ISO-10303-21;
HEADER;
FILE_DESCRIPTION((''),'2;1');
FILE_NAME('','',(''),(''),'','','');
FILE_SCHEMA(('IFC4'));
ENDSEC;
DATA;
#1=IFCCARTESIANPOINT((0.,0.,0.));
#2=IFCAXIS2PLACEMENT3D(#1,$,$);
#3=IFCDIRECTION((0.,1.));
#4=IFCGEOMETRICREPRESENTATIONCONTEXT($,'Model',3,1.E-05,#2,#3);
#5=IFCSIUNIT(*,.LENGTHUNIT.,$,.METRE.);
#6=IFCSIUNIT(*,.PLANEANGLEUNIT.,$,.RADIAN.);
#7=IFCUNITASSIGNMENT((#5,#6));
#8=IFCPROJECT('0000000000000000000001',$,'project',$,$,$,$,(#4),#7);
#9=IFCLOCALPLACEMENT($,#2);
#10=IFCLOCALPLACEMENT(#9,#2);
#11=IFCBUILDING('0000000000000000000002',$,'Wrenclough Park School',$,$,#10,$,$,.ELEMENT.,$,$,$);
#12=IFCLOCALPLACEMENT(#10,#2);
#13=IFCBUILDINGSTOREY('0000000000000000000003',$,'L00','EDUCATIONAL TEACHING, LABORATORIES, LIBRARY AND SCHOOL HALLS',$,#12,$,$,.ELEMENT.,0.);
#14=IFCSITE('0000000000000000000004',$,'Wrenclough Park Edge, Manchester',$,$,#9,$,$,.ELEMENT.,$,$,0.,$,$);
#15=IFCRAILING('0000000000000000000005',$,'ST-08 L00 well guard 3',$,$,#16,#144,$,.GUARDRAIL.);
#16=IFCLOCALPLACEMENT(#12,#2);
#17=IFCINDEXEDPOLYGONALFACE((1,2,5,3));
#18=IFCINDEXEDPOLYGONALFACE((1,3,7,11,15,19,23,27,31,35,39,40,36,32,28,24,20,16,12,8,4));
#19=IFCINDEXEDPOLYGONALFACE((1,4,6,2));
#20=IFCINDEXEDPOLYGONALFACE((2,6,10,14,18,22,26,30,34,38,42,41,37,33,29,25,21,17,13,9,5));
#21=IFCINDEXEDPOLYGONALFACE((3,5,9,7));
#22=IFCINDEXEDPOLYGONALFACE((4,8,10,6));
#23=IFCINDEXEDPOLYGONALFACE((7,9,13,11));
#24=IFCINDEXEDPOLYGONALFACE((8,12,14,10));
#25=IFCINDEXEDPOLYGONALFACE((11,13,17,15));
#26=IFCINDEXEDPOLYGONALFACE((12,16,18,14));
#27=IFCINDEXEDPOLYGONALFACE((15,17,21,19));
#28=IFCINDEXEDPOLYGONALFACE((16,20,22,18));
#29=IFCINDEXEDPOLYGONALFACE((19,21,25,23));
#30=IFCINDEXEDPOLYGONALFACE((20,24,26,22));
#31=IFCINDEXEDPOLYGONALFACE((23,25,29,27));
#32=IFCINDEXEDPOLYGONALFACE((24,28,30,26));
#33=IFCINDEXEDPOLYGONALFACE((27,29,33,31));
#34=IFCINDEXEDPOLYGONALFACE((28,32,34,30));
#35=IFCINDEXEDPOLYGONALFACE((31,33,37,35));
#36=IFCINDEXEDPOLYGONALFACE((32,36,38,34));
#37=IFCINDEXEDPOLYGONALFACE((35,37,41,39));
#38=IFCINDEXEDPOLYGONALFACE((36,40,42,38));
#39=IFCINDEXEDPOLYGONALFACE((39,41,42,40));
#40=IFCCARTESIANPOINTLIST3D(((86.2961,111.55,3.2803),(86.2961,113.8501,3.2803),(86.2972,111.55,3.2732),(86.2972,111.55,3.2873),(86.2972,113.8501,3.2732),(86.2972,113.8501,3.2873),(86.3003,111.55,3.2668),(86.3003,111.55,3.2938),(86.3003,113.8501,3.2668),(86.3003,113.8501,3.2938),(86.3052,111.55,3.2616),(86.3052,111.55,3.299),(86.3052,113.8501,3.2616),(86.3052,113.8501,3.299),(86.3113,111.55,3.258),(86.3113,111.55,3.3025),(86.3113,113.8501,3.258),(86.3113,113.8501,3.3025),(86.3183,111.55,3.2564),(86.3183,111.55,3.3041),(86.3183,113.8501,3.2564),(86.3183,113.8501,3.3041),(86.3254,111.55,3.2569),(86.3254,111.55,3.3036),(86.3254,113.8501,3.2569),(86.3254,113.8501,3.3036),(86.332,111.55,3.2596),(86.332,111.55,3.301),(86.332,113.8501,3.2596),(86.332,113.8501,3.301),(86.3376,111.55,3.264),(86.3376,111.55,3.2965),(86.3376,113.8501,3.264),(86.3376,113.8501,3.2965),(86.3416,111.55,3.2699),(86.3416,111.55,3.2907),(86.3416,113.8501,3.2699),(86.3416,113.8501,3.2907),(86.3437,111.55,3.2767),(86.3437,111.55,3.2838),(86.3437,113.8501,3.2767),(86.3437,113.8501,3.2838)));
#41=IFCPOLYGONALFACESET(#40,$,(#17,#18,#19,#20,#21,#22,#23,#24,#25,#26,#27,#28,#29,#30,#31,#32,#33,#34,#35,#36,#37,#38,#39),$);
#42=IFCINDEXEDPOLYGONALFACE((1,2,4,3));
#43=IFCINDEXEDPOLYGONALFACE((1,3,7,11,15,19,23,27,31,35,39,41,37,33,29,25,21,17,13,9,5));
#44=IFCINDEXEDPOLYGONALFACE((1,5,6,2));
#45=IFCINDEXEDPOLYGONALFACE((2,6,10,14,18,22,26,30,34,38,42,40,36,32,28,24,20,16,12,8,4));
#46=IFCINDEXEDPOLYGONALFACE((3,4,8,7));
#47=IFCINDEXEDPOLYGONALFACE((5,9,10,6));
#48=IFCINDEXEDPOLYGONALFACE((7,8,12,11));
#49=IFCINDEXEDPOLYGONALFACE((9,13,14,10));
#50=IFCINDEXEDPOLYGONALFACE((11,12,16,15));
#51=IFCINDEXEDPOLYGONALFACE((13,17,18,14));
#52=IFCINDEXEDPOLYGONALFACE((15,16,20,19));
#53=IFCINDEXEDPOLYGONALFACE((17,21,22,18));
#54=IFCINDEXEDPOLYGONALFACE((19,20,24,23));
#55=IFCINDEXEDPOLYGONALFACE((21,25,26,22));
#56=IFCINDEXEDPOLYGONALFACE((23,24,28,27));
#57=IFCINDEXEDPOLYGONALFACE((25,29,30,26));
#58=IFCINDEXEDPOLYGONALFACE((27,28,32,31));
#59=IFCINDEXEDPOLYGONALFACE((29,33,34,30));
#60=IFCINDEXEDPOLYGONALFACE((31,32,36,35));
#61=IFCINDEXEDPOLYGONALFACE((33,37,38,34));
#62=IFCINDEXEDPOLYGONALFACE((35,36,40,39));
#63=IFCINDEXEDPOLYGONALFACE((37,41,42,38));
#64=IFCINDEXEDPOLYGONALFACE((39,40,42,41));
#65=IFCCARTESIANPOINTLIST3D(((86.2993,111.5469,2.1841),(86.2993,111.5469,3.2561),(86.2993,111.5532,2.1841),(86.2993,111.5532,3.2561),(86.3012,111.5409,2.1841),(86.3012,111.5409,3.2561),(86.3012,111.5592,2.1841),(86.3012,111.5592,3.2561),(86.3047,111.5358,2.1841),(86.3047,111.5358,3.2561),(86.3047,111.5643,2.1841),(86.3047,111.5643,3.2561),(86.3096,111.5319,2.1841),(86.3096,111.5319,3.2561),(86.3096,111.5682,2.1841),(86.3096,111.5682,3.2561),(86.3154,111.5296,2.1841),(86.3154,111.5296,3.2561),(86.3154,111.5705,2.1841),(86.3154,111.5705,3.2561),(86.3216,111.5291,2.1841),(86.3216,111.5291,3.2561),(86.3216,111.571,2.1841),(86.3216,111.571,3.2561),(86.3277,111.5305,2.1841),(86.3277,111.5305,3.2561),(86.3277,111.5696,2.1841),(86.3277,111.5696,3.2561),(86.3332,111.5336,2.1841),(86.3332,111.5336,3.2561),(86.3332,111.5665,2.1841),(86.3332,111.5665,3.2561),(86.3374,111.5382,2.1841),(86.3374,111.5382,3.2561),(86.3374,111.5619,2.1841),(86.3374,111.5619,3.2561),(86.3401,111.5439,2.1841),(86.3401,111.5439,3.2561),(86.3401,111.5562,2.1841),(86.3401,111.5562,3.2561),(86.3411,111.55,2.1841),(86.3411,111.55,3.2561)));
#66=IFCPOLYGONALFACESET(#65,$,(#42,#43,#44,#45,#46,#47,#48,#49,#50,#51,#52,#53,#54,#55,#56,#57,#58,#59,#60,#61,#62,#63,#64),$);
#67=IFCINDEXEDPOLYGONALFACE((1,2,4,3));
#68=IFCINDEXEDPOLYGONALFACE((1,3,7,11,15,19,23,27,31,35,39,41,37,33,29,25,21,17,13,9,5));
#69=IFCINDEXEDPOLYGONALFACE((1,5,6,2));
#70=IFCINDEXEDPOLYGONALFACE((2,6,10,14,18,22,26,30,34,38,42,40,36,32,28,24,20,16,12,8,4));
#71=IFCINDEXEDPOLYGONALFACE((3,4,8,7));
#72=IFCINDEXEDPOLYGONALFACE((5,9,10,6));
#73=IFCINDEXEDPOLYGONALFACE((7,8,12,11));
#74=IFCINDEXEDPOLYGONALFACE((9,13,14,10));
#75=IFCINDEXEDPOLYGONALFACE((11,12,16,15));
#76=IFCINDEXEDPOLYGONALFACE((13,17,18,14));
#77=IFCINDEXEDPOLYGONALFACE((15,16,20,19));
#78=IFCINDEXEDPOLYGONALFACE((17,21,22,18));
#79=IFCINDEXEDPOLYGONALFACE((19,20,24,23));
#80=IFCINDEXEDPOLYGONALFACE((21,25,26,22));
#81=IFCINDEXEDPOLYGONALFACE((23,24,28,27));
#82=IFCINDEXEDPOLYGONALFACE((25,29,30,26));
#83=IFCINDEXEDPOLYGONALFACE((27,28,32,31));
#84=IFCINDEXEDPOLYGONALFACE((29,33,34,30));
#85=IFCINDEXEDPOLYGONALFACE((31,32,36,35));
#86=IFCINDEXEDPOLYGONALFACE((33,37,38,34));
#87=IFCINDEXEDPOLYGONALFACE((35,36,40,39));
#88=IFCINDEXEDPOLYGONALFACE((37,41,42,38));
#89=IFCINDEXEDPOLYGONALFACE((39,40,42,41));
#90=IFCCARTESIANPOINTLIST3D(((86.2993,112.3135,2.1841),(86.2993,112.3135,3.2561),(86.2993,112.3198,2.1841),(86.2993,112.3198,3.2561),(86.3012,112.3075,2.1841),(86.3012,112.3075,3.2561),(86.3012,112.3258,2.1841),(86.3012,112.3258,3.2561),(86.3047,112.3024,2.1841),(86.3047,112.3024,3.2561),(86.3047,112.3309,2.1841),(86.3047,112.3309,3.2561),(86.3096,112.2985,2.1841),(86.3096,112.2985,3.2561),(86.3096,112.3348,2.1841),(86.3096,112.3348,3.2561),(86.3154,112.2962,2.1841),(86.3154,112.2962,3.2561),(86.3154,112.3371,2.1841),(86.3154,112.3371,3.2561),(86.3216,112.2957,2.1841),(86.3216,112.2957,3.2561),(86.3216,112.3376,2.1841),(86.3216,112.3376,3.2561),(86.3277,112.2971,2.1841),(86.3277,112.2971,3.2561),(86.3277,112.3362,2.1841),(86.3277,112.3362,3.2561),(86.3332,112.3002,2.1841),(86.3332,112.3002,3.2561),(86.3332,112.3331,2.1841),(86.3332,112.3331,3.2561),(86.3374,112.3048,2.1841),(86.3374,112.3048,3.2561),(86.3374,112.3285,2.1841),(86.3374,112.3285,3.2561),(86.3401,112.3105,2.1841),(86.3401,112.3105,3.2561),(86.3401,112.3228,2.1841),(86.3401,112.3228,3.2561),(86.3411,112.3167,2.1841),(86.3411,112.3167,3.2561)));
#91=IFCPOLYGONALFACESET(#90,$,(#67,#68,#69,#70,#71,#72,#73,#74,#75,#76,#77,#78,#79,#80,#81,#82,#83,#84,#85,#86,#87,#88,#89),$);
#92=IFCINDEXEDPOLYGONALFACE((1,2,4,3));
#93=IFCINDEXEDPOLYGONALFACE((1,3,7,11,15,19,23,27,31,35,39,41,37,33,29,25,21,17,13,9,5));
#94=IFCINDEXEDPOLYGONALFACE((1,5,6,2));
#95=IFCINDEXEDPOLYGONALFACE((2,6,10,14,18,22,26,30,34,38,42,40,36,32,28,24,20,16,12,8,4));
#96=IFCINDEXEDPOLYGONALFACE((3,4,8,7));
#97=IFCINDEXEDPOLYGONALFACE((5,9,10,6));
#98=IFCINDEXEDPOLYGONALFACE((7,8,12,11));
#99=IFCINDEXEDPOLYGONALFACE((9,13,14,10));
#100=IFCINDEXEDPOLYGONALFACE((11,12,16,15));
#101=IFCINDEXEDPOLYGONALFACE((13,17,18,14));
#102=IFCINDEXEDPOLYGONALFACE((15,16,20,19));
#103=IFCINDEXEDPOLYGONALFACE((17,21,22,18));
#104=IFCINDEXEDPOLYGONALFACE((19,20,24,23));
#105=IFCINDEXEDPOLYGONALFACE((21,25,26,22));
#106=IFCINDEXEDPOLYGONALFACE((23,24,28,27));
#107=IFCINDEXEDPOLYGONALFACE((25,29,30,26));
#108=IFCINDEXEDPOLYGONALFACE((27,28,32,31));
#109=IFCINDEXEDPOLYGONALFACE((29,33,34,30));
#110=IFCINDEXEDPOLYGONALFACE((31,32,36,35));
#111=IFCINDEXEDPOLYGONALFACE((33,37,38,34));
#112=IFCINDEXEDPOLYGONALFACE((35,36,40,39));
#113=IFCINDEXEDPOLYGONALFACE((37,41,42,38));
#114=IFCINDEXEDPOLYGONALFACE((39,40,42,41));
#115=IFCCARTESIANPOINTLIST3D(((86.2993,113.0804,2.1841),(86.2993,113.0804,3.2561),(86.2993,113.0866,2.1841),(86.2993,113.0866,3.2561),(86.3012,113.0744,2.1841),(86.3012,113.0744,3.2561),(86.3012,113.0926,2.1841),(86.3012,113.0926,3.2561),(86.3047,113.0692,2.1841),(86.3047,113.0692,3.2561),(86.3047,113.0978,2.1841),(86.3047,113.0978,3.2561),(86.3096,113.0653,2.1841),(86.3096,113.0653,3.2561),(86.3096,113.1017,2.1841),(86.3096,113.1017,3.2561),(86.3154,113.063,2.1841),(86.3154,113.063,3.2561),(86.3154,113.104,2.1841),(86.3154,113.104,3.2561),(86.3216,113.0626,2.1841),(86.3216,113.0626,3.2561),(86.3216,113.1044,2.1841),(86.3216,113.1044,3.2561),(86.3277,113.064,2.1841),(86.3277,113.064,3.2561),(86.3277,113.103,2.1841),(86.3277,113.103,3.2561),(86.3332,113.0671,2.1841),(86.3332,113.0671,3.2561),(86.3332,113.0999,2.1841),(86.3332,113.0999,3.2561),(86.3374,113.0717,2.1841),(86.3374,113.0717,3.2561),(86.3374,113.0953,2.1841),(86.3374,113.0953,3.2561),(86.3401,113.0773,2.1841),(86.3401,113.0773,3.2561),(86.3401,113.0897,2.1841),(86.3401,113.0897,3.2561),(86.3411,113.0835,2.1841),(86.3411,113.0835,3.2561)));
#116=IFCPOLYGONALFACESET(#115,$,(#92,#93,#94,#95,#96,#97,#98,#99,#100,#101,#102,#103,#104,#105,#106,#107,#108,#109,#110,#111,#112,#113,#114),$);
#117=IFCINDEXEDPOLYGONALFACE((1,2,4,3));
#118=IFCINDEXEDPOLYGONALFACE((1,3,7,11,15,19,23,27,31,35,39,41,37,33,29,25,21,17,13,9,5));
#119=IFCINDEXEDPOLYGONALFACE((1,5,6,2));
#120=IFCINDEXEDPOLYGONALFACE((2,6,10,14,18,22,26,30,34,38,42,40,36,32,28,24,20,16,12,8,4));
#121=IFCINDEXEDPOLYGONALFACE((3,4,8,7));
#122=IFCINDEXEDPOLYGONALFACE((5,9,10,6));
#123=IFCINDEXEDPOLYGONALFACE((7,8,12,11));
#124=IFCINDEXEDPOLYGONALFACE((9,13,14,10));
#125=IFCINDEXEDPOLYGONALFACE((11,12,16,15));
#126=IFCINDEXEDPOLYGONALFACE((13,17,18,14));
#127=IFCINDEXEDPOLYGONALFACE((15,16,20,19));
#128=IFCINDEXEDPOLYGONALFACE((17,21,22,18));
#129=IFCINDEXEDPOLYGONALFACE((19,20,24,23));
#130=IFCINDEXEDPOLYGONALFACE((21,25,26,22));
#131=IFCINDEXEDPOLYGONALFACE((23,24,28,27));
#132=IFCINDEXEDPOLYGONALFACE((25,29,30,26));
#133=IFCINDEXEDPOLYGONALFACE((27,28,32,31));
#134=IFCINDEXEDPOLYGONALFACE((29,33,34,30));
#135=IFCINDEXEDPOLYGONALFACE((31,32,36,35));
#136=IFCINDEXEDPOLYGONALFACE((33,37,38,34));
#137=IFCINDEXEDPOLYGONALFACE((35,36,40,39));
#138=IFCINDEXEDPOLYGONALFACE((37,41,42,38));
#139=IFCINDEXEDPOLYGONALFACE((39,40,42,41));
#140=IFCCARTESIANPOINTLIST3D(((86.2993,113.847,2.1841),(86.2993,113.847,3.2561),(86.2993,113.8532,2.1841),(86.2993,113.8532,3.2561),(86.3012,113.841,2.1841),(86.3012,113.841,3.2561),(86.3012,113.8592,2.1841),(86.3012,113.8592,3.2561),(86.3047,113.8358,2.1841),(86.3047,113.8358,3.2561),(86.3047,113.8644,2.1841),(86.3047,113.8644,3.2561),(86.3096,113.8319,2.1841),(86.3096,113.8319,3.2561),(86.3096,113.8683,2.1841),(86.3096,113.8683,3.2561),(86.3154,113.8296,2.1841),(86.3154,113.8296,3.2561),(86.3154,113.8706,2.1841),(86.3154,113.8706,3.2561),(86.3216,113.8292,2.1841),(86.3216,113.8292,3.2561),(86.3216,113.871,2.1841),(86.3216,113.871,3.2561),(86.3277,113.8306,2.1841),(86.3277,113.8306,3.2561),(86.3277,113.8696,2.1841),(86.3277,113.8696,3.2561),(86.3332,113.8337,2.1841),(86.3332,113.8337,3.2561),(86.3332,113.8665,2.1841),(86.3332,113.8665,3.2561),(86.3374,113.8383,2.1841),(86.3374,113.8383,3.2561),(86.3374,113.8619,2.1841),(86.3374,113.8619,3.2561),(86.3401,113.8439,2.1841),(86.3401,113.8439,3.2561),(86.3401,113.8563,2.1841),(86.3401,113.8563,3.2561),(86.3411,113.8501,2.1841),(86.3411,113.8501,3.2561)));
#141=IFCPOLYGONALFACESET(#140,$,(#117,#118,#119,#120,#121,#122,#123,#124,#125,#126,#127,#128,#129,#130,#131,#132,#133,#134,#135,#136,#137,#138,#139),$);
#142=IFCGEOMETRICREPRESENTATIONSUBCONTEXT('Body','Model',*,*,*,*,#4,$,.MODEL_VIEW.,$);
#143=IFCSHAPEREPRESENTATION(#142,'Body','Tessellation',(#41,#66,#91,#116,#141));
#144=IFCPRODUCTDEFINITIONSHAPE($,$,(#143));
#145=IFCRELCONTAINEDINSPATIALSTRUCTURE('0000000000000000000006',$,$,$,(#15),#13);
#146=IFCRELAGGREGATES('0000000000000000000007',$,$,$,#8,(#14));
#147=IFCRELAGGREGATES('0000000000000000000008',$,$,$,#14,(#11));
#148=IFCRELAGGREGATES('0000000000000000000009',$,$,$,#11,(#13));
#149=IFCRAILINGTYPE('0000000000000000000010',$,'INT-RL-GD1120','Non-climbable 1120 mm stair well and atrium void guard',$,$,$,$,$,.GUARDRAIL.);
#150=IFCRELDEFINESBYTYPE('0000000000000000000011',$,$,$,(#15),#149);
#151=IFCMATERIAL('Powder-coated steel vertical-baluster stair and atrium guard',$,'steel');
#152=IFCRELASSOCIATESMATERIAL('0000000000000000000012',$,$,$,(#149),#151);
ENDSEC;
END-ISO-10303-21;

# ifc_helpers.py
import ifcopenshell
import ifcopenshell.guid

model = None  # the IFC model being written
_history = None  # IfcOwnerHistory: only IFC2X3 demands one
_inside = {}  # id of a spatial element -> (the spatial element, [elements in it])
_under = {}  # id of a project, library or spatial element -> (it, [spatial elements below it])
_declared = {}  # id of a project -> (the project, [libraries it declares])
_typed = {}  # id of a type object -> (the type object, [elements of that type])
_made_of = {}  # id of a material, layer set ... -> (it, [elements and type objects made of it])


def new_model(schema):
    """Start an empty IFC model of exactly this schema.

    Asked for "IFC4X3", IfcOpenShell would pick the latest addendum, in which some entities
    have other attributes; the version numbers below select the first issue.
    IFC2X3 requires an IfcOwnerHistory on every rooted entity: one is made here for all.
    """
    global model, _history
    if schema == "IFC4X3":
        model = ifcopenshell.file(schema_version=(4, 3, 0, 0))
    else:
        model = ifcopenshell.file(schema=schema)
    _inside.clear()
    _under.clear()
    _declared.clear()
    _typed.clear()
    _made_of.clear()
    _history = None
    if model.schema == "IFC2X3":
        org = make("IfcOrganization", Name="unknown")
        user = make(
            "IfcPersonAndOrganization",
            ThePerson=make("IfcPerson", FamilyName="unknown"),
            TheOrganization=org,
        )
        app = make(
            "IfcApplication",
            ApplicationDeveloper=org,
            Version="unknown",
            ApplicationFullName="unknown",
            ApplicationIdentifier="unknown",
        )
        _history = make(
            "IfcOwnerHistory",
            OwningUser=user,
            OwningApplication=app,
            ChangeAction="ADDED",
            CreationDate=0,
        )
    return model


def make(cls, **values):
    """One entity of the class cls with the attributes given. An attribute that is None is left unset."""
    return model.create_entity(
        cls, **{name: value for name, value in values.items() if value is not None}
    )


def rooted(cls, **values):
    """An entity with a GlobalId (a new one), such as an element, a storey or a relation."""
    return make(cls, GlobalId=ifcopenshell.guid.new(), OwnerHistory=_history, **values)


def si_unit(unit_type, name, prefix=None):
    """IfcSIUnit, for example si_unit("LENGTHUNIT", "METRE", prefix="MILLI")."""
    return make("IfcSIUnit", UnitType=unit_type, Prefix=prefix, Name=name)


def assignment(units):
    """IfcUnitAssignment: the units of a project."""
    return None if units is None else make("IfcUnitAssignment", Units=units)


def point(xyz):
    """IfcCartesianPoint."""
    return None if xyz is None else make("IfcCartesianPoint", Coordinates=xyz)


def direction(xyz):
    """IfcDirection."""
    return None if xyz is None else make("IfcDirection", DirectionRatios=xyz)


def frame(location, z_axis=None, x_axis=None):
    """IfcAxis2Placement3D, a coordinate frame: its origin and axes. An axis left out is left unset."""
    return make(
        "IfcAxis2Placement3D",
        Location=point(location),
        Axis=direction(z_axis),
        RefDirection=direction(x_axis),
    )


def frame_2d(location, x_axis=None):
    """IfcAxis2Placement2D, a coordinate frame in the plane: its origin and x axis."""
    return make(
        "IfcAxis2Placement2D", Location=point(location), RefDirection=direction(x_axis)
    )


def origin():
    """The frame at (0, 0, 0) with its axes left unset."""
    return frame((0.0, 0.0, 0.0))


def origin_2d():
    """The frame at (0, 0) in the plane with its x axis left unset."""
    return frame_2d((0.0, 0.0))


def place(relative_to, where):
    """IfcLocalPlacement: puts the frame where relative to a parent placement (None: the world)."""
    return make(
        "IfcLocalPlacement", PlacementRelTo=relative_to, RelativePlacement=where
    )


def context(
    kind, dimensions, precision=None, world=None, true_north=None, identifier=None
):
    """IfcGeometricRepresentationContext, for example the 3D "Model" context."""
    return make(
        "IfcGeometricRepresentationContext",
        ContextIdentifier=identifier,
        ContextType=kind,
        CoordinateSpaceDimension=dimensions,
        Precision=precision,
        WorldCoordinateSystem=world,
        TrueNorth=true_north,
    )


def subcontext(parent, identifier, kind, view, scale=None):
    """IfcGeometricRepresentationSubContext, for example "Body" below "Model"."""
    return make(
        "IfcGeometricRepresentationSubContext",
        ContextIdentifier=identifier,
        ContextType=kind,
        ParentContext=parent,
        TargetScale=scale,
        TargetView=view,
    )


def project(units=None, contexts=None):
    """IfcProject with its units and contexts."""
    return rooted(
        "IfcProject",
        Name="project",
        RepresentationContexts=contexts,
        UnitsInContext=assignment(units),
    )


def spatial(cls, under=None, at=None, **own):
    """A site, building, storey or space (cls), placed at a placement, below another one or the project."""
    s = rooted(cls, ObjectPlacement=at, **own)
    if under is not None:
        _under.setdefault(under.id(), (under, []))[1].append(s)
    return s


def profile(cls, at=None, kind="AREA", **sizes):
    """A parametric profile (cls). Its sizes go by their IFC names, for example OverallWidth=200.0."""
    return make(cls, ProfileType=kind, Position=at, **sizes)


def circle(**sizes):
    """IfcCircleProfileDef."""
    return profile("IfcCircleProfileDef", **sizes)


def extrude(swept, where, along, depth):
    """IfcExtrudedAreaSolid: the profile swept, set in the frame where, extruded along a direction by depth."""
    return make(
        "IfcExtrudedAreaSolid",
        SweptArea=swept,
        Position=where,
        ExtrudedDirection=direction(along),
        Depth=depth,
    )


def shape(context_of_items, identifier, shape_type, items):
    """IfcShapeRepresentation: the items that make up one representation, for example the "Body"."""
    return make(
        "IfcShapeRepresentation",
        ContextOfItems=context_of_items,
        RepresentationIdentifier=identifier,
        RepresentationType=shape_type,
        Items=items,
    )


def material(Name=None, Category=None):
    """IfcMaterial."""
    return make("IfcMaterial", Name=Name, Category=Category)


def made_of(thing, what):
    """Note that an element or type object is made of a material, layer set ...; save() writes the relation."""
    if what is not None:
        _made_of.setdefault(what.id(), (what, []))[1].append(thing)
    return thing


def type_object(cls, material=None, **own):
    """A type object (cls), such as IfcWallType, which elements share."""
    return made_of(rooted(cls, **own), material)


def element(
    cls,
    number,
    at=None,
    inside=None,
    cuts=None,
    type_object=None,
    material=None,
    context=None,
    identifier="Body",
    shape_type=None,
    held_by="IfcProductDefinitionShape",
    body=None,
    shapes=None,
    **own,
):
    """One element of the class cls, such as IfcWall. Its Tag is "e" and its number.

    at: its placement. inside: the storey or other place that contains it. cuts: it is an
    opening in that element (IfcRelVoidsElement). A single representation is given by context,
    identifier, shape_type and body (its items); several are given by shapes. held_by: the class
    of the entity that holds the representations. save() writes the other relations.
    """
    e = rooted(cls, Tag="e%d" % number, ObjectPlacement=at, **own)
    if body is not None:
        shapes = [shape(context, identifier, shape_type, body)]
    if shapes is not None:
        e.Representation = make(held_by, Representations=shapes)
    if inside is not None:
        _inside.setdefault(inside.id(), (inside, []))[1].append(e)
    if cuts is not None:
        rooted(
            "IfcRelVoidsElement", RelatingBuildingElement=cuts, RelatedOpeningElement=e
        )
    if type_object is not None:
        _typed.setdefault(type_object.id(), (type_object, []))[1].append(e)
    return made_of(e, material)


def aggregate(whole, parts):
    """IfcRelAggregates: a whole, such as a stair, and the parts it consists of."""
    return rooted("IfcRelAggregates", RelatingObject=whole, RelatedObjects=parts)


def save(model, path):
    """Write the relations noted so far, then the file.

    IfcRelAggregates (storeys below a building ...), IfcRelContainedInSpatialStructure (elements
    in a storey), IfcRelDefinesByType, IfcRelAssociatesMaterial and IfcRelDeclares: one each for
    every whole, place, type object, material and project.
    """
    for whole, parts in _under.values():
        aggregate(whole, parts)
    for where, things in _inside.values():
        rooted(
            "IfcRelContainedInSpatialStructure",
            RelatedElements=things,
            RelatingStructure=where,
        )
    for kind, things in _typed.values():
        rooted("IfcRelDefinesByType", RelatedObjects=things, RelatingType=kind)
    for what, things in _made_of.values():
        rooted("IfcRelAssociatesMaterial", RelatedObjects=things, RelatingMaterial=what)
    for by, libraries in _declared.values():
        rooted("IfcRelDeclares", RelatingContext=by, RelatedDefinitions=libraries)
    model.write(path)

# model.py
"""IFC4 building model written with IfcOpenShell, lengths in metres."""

from ifc_helpers import new_model, si_unit, direction, frame, origin, origin_2d, place, context, subcontext, project, spatial, circle, extrude, material, type_object, element, save


model = new_model("IFC4")

# Units and contexts
model_context = context("Model", 3, precision=1e-05, world=origin(), true_north=direction((0.0, 1.0)))
body_context = subcontext(model_context, "Body", "Model", "MODEL_VIEW")
ifc_project = project(units=[si_unit("LENGTHUNIT", "METRE"), si_unit("PLANEANGLEUNIT", "RADIAN")], contexts=[model_context])

# Site, building, storey
site_placement = place(None, origin())
site = spatial("IfcSite", under=ifc_project, at=site_placement, Name="Wrenclough Park Edge, Manchester", CompositionType="ELEMENT", RefElevation=0.0)
building_placement = place(site_placement, origin())
building = spatial("IfcBuilding", under=site, at=building_placement, Name="Wrenclough Park School", CompositionType="ELEMENT")
storey_placement = place(building_placement, origin())
storey = spatial("IfcBuildingStorey", under=building, at=storey_placement, Name="L00", Description="EDUCATIONAL TEACHING, LABORATORIES, LIBRARY AND SCHOOL HALLS", CompositionType="ELEMENT", Elevation=0.0)

# Railing
ifc_material_1 = material(Name="Powder-coated steel vertical-baluster stair and atrium guard", Category="steel")
railing_type_1 = type_object("IfcRailingType", Name="INT-RL-GD1120", Description="Non-climbable 1120 mm stair well and atrium void guard", PredefinedType="GUARDRAIL", material=ifc_material_1)
railing_1_placement = place(storey_placement, frame((86.3201, 111.55, 2.1841)))
element("IfcRailing", 1, at=railing_1_placement, inside=storey, type_object=railing_type_1, Name="ST-08 L00 well guard 3", PredefinedType="GUARDRAIL", context=body_context, shape_type="SweptSolid", body=[
    extrude(circle(Radius=0.0239, at=origin_2d()), frame((0.0, 0.0, 1.0962), z_axis=(0.0, 1.0, 0.0), x_axis=(-1.0, 0.0, 0.0)), (0.0, 0.0, 1.0), 2.3),
    extrude(circle(Radius=0.021, at=origin_2d()), origin(), (0.0, 0.0, 1.0), 1.072),
    extrude(circle(Radius=0.021, at=origin_2d()), frame((0.0, 0.7666, 0.0)), (0.0, 0.0, 1.0), 1.072),
    extrude(circle(Radius=0.021, at=origin_2d()), frame((0.0, 1.5334, 0.0)), (0.0, 0.0, 1.0), 1.072),
    extrude(circle(Radius=0.021, at=origin_2d()), frame((0.0, 2.3, 0.0)), (0.0, 0.0, 1.0), 1.072),
])

save(model, "model.ifc")
